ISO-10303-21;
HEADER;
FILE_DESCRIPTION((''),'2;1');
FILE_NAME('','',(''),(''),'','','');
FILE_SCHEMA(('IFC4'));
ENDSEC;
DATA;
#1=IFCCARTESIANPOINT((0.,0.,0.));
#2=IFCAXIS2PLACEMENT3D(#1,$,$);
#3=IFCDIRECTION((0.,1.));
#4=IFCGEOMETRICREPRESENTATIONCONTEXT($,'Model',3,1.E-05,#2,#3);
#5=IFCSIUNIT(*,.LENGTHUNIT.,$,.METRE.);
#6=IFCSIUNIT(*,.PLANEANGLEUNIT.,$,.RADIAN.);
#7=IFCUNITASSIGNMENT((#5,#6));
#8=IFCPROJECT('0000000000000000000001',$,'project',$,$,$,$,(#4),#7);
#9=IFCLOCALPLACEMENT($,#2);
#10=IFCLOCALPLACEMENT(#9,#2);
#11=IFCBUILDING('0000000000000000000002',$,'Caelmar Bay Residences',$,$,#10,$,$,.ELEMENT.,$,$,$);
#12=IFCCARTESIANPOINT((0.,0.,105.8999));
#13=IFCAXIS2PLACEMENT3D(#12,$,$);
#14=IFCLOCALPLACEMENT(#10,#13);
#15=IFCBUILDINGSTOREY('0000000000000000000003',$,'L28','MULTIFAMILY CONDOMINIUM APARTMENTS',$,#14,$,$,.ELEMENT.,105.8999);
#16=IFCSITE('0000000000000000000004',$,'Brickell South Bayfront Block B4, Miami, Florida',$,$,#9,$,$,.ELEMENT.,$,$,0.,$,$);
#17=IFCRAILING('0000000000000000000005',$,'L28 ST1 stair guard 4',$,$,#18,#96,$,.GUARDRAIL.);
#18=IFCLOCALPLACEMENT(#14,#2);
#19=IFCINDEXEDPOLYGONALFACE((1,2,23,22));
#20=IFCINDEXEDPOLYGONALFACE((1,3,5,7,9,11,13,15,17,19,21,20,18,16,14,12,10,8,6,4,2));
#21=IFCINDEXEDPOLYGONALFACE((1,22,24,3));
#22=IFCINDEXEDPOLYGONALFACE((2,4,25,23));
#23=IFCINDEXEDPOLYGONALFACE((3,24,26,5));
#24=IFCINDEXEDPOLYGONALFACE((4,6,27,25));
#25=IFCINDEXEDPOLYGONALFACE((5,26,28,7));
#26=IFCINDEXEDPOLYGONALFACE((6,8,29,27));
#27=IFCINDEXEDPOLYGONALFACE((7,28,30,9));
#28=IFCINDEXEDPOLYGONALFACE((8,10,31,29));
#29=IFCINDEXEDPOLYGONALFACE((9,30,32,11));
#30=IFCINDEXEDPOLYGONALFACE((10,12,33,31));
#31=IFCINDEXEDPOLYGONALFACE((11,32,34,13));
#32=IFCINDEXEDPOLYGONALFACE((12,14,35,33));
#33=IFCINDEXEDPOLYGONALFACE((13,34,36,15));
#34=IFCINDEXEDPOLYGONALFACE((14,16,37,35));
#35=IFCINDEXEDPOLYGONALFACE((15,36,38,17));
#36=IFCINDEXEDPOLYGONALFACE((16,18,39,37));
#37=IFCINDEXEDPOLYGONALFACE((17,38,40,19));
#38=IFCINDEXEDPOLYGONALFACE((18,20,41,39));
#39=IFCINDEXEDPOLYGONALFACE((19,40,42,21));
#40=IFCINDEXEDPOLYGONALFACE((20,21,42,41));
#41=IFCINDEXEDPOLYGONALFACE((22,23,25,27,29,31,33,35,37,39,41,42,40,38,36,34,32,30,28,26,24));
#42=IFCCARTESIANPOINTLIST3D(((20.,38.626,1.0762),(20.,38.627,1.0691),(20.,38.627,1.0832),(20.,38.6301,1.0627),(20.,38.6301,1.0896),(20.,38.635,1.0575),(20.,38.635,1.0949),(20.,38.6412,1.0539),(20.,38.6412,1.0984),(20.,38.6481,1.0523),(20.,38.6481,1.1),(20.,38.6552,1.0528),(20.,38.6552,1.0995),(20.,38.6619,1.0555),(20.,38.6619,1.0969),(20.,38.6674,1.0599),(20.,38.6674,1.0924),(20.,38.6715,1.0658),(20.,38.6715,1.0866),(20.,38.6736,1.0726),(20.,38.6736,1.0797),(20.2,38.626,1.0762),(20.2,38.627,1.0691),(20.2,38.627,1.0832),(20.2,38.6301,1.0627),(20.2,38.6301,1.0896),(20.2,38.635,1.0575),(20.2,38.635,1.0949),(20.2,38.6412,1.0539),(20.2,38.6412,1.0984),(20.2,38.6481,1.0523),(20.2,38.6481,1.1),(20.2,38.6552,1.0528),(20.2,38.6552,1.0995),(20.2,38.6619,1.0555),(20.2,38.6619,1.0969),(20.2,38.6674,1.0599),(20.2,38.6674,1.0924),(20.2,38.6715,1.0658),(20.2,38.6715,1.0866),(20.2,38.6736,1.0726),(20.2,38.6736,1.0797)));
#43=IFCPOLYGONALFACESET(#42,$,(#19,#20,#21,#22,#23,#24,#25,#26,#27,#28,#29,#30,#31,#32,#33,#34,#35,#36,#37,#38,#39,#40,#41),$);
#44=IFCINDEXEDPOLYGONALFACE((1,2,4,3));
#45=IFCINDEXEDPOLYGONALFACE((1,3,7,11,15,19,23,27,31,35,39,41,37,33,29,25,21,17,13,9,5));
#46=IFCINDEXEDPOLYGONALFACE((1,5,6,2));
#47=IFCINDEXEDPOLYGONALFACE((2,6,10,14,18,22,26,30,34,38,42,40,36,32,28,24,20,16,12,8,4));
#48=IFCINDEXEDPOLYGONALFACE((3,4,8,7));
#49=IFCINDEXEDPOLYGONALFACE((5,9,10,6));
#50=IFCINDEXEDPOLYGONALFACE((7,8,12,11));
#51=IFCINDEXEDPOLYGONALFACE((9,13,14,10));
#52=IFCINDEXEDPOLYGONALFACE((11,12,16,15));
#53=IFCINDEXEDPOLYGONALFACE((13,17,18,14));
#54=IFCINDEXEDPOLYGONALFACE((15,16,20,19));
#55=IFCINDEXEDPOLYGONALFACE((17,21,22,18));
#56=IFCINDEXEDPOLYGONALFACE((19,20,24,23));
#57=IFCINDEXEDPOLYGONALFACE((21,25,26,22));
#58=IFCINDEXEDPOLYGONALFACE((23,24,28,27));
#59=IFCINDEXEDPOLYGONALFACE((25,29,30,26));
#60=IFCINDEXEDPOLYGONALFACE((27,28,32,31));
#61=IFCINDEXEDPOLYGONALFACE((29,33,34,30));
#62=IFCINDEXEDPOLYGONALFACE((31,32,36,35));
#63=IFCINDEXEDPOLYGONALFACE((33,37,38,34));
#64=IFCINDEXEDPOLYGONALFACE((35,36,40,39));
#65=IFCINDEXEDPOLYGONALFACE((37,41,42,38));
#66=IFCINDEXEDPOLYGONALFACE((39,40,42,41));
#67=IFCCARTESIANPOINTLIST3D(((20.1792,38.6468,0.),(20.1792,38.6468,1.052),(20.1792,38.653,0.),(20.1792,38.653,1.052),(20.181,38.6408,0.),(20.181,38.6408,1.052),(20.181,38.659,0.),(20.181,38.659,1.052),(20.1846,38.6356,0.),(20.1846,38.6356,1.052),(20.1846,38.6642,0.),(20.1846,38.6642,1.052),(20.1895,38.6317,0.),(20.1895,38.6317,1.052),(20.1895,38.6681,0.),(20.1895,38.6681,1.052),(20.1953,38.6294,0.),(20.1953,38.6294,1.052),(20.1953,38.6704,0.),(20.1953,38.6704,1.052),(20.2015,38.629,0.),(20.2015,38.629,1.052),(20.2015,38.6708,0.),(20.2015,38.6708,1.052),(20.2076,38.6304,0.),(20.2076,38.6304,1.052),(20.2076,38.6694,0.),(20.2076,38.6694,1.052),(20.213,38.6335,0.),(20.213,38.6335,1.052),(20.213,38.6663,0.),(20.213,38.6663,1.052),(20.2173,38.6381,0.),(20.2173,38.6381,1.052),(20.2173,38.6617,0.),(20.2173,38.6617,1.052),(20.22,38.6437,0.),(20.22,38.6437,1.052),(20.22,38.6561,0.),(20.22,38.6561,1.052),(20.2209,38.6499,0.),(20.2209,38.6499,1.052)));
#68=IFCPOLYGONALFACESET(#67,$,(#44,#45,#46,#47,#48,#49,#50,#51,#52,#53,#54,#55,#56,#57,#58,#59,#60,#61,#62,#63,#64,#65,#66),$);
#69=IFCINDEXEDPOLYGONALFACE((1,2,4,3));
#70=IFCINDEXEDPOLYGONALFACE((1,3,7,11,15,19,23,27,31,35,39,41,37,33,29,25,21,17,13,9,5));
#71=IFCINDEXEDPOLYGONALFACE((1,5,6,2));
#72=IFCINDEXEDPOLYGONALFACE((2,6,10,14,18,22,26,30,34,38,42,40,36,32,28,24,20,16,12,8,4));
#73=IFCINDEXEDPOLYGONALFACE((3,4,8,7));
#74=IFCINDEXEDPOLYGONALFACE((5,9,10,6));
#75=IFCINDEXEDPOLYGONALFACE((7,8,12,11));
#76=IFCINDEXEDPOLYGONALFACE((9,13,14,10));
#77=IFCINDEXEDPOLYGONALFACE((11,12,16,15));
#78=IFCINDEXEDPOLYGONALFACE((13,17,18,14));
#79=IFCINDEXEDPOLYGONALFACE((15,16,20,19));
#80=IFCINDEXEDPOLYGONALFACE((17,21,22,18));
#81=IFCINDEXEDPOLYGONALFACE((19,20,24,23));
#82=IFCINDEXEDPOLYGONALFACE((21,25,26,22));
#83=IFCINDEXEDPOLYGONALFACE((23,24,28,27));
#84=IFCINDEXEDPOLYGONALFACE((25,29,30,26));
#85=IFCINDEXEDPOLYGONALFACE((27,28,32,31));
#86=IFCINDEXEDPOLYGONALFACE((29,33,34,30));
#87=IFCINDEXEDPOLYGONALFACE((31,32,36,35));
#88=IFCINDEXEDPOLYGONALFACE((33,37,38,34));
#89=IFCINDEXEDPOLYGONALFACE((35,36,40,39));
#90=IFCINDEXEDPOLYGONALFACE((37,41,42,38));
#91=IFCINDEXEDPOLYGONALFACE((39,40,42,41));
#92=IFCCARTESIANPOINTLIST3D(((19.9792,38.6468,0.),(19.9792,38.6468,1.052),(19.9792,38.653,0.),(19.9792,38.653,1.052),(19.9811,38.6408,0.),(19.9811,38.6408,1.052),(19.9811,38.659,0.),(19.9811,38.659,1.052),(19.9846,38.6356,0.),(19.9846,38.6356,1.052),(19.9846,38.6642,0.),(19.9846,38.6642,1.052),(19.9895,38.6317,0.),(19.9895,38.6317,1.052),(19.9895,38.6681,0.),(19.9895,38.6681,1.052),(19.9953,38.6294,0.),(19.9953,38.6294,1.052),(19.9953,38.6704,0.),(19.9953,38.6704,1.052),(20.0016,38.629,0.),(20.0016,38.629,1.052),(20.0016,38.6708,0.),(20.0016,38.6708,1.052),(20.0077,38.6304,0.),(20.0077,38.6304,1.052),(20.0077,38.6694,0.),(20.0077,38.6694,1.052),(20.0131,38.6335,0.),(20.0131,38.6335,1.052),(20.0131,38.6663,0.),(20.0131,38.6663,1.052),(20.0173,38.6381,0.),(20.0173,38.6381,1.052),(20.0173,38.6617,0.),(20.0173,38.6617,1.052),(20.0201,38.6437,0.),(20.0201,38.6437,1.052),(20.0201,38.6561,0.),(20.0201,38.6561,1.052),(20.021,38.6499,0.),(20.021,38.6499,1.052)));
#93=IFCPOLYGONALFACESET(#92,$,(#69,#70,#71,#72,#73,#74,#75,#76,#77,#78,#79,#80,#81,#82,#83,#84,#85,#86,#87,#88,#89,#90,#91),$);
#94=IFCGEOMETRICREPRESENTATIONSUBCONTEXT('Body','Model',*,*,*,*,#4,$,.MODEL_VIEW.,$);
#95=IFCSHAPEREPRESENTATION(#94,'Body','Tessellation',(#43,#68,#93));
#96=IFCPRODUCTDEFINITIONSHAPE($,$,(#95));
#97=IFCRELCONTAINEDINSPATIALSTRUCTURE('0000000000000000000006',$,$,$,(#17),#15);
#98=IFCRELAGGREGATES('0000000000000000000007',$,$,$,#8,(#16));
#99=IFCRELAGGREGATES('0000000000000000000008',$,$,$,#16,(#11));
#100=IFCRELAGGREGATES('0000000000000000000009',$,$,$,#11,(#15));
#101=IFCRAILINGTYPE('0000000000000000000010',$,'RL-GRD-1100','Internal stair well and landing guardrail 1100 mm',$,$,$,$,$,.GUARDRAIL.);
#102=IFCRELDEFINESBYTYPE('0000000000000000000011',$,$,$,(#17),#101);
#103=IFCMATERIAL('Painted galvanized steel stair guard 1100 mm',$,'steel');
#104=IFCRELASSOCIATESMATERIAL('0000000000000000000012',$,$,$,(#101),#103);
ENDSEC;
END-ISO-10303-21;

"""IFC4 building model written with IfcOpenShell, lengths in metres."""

from ifc_helpers import new_model, si_unit, direction, frame, origin, origin_2d, place, context, subcontext, project, spatial, circle, extrude, material, type_object, element, save


model = new_model("IFC4")

# Units and contexts
model_context = context("Model", 3, precision=1e-05, world=origin(), true_north=direction((0.0, 1.0)))
body_context = subcontext(model_context, "Body", "Model", "MODEL_VIEW")
ifc_project = project(units=[si_unit("LENGTHUNIT", "METRE"), si_unit("PLANEANGLEUNIT", "RADIAN")], contexts=[model_context])

# Site, building, storey
site_placement = place(None, origin())
site = spatial("IfcSite", under=ifc_project, at=site_placement, Name="Brickell South Bayfront Block B4, Miami, Florida", CompositionType="ELEMENT", RefElevation=0.0)
building_placement = place(site_placement, origin())
building = spatial("IfcBuilding", under=site, at=building_placement, Name="Caelmar Bay Residences", CompositionType="ELEMENT")
storey_placement = place(building_placement, frame((0.0, 0.0, 105.8999)))
storey = spatial("IfcBuildingStorey", under=building, at=storey_placement, Name="L28", Description="MULTIFAMILY CONDOMINIUM APARTMENTS", CompositionType="ELEMENT", Elevation=105.8999)

# Railing
ifc_material_1 = material(Name="Painted galvanized steel stair guard 1100 mm", Category="steel")
railing_type_1 = type_object("IfcRailingType", Name="RL-GRD-1100", Description="Internal stair well and landing guardrail 1100 mm", PredefinedType="GUARDRAIL", material=ifc_material_1)
railing_1_placement = place(storey_placement, frame((20.2, 38.6499, 0.0)))
element("IfcRailing", 1, at=railing_1_placement, inside=storey, type_object=railing_type_1, Name="L28 ST1 stair guard 4", PredefinedType="GUARDRAIL", context=body_context, shape_type="SweptSolid", body=[
    extrude(circle(Radius=0.0239, at=origin_2d()), frame((0.0, 0.0, 1.0762), z_axis=(-1.0, 0.0, 0.0), x_axis=(0.0, -1.0, 0.0)), (0.0, 0.0, 1.0), 0.2),
    extrude(circle(Radius=0.021, at=origin_2d()), origin(), (0.0, 0.0, 1.0), 1.052),
    extrude(circle(Radius=0.021, at=origin_2d()), frame((-0.2, 0.0, 0.0)), (0.0, 0.0, 1.0), 1.052),
])

save(model, "model.ifc")
